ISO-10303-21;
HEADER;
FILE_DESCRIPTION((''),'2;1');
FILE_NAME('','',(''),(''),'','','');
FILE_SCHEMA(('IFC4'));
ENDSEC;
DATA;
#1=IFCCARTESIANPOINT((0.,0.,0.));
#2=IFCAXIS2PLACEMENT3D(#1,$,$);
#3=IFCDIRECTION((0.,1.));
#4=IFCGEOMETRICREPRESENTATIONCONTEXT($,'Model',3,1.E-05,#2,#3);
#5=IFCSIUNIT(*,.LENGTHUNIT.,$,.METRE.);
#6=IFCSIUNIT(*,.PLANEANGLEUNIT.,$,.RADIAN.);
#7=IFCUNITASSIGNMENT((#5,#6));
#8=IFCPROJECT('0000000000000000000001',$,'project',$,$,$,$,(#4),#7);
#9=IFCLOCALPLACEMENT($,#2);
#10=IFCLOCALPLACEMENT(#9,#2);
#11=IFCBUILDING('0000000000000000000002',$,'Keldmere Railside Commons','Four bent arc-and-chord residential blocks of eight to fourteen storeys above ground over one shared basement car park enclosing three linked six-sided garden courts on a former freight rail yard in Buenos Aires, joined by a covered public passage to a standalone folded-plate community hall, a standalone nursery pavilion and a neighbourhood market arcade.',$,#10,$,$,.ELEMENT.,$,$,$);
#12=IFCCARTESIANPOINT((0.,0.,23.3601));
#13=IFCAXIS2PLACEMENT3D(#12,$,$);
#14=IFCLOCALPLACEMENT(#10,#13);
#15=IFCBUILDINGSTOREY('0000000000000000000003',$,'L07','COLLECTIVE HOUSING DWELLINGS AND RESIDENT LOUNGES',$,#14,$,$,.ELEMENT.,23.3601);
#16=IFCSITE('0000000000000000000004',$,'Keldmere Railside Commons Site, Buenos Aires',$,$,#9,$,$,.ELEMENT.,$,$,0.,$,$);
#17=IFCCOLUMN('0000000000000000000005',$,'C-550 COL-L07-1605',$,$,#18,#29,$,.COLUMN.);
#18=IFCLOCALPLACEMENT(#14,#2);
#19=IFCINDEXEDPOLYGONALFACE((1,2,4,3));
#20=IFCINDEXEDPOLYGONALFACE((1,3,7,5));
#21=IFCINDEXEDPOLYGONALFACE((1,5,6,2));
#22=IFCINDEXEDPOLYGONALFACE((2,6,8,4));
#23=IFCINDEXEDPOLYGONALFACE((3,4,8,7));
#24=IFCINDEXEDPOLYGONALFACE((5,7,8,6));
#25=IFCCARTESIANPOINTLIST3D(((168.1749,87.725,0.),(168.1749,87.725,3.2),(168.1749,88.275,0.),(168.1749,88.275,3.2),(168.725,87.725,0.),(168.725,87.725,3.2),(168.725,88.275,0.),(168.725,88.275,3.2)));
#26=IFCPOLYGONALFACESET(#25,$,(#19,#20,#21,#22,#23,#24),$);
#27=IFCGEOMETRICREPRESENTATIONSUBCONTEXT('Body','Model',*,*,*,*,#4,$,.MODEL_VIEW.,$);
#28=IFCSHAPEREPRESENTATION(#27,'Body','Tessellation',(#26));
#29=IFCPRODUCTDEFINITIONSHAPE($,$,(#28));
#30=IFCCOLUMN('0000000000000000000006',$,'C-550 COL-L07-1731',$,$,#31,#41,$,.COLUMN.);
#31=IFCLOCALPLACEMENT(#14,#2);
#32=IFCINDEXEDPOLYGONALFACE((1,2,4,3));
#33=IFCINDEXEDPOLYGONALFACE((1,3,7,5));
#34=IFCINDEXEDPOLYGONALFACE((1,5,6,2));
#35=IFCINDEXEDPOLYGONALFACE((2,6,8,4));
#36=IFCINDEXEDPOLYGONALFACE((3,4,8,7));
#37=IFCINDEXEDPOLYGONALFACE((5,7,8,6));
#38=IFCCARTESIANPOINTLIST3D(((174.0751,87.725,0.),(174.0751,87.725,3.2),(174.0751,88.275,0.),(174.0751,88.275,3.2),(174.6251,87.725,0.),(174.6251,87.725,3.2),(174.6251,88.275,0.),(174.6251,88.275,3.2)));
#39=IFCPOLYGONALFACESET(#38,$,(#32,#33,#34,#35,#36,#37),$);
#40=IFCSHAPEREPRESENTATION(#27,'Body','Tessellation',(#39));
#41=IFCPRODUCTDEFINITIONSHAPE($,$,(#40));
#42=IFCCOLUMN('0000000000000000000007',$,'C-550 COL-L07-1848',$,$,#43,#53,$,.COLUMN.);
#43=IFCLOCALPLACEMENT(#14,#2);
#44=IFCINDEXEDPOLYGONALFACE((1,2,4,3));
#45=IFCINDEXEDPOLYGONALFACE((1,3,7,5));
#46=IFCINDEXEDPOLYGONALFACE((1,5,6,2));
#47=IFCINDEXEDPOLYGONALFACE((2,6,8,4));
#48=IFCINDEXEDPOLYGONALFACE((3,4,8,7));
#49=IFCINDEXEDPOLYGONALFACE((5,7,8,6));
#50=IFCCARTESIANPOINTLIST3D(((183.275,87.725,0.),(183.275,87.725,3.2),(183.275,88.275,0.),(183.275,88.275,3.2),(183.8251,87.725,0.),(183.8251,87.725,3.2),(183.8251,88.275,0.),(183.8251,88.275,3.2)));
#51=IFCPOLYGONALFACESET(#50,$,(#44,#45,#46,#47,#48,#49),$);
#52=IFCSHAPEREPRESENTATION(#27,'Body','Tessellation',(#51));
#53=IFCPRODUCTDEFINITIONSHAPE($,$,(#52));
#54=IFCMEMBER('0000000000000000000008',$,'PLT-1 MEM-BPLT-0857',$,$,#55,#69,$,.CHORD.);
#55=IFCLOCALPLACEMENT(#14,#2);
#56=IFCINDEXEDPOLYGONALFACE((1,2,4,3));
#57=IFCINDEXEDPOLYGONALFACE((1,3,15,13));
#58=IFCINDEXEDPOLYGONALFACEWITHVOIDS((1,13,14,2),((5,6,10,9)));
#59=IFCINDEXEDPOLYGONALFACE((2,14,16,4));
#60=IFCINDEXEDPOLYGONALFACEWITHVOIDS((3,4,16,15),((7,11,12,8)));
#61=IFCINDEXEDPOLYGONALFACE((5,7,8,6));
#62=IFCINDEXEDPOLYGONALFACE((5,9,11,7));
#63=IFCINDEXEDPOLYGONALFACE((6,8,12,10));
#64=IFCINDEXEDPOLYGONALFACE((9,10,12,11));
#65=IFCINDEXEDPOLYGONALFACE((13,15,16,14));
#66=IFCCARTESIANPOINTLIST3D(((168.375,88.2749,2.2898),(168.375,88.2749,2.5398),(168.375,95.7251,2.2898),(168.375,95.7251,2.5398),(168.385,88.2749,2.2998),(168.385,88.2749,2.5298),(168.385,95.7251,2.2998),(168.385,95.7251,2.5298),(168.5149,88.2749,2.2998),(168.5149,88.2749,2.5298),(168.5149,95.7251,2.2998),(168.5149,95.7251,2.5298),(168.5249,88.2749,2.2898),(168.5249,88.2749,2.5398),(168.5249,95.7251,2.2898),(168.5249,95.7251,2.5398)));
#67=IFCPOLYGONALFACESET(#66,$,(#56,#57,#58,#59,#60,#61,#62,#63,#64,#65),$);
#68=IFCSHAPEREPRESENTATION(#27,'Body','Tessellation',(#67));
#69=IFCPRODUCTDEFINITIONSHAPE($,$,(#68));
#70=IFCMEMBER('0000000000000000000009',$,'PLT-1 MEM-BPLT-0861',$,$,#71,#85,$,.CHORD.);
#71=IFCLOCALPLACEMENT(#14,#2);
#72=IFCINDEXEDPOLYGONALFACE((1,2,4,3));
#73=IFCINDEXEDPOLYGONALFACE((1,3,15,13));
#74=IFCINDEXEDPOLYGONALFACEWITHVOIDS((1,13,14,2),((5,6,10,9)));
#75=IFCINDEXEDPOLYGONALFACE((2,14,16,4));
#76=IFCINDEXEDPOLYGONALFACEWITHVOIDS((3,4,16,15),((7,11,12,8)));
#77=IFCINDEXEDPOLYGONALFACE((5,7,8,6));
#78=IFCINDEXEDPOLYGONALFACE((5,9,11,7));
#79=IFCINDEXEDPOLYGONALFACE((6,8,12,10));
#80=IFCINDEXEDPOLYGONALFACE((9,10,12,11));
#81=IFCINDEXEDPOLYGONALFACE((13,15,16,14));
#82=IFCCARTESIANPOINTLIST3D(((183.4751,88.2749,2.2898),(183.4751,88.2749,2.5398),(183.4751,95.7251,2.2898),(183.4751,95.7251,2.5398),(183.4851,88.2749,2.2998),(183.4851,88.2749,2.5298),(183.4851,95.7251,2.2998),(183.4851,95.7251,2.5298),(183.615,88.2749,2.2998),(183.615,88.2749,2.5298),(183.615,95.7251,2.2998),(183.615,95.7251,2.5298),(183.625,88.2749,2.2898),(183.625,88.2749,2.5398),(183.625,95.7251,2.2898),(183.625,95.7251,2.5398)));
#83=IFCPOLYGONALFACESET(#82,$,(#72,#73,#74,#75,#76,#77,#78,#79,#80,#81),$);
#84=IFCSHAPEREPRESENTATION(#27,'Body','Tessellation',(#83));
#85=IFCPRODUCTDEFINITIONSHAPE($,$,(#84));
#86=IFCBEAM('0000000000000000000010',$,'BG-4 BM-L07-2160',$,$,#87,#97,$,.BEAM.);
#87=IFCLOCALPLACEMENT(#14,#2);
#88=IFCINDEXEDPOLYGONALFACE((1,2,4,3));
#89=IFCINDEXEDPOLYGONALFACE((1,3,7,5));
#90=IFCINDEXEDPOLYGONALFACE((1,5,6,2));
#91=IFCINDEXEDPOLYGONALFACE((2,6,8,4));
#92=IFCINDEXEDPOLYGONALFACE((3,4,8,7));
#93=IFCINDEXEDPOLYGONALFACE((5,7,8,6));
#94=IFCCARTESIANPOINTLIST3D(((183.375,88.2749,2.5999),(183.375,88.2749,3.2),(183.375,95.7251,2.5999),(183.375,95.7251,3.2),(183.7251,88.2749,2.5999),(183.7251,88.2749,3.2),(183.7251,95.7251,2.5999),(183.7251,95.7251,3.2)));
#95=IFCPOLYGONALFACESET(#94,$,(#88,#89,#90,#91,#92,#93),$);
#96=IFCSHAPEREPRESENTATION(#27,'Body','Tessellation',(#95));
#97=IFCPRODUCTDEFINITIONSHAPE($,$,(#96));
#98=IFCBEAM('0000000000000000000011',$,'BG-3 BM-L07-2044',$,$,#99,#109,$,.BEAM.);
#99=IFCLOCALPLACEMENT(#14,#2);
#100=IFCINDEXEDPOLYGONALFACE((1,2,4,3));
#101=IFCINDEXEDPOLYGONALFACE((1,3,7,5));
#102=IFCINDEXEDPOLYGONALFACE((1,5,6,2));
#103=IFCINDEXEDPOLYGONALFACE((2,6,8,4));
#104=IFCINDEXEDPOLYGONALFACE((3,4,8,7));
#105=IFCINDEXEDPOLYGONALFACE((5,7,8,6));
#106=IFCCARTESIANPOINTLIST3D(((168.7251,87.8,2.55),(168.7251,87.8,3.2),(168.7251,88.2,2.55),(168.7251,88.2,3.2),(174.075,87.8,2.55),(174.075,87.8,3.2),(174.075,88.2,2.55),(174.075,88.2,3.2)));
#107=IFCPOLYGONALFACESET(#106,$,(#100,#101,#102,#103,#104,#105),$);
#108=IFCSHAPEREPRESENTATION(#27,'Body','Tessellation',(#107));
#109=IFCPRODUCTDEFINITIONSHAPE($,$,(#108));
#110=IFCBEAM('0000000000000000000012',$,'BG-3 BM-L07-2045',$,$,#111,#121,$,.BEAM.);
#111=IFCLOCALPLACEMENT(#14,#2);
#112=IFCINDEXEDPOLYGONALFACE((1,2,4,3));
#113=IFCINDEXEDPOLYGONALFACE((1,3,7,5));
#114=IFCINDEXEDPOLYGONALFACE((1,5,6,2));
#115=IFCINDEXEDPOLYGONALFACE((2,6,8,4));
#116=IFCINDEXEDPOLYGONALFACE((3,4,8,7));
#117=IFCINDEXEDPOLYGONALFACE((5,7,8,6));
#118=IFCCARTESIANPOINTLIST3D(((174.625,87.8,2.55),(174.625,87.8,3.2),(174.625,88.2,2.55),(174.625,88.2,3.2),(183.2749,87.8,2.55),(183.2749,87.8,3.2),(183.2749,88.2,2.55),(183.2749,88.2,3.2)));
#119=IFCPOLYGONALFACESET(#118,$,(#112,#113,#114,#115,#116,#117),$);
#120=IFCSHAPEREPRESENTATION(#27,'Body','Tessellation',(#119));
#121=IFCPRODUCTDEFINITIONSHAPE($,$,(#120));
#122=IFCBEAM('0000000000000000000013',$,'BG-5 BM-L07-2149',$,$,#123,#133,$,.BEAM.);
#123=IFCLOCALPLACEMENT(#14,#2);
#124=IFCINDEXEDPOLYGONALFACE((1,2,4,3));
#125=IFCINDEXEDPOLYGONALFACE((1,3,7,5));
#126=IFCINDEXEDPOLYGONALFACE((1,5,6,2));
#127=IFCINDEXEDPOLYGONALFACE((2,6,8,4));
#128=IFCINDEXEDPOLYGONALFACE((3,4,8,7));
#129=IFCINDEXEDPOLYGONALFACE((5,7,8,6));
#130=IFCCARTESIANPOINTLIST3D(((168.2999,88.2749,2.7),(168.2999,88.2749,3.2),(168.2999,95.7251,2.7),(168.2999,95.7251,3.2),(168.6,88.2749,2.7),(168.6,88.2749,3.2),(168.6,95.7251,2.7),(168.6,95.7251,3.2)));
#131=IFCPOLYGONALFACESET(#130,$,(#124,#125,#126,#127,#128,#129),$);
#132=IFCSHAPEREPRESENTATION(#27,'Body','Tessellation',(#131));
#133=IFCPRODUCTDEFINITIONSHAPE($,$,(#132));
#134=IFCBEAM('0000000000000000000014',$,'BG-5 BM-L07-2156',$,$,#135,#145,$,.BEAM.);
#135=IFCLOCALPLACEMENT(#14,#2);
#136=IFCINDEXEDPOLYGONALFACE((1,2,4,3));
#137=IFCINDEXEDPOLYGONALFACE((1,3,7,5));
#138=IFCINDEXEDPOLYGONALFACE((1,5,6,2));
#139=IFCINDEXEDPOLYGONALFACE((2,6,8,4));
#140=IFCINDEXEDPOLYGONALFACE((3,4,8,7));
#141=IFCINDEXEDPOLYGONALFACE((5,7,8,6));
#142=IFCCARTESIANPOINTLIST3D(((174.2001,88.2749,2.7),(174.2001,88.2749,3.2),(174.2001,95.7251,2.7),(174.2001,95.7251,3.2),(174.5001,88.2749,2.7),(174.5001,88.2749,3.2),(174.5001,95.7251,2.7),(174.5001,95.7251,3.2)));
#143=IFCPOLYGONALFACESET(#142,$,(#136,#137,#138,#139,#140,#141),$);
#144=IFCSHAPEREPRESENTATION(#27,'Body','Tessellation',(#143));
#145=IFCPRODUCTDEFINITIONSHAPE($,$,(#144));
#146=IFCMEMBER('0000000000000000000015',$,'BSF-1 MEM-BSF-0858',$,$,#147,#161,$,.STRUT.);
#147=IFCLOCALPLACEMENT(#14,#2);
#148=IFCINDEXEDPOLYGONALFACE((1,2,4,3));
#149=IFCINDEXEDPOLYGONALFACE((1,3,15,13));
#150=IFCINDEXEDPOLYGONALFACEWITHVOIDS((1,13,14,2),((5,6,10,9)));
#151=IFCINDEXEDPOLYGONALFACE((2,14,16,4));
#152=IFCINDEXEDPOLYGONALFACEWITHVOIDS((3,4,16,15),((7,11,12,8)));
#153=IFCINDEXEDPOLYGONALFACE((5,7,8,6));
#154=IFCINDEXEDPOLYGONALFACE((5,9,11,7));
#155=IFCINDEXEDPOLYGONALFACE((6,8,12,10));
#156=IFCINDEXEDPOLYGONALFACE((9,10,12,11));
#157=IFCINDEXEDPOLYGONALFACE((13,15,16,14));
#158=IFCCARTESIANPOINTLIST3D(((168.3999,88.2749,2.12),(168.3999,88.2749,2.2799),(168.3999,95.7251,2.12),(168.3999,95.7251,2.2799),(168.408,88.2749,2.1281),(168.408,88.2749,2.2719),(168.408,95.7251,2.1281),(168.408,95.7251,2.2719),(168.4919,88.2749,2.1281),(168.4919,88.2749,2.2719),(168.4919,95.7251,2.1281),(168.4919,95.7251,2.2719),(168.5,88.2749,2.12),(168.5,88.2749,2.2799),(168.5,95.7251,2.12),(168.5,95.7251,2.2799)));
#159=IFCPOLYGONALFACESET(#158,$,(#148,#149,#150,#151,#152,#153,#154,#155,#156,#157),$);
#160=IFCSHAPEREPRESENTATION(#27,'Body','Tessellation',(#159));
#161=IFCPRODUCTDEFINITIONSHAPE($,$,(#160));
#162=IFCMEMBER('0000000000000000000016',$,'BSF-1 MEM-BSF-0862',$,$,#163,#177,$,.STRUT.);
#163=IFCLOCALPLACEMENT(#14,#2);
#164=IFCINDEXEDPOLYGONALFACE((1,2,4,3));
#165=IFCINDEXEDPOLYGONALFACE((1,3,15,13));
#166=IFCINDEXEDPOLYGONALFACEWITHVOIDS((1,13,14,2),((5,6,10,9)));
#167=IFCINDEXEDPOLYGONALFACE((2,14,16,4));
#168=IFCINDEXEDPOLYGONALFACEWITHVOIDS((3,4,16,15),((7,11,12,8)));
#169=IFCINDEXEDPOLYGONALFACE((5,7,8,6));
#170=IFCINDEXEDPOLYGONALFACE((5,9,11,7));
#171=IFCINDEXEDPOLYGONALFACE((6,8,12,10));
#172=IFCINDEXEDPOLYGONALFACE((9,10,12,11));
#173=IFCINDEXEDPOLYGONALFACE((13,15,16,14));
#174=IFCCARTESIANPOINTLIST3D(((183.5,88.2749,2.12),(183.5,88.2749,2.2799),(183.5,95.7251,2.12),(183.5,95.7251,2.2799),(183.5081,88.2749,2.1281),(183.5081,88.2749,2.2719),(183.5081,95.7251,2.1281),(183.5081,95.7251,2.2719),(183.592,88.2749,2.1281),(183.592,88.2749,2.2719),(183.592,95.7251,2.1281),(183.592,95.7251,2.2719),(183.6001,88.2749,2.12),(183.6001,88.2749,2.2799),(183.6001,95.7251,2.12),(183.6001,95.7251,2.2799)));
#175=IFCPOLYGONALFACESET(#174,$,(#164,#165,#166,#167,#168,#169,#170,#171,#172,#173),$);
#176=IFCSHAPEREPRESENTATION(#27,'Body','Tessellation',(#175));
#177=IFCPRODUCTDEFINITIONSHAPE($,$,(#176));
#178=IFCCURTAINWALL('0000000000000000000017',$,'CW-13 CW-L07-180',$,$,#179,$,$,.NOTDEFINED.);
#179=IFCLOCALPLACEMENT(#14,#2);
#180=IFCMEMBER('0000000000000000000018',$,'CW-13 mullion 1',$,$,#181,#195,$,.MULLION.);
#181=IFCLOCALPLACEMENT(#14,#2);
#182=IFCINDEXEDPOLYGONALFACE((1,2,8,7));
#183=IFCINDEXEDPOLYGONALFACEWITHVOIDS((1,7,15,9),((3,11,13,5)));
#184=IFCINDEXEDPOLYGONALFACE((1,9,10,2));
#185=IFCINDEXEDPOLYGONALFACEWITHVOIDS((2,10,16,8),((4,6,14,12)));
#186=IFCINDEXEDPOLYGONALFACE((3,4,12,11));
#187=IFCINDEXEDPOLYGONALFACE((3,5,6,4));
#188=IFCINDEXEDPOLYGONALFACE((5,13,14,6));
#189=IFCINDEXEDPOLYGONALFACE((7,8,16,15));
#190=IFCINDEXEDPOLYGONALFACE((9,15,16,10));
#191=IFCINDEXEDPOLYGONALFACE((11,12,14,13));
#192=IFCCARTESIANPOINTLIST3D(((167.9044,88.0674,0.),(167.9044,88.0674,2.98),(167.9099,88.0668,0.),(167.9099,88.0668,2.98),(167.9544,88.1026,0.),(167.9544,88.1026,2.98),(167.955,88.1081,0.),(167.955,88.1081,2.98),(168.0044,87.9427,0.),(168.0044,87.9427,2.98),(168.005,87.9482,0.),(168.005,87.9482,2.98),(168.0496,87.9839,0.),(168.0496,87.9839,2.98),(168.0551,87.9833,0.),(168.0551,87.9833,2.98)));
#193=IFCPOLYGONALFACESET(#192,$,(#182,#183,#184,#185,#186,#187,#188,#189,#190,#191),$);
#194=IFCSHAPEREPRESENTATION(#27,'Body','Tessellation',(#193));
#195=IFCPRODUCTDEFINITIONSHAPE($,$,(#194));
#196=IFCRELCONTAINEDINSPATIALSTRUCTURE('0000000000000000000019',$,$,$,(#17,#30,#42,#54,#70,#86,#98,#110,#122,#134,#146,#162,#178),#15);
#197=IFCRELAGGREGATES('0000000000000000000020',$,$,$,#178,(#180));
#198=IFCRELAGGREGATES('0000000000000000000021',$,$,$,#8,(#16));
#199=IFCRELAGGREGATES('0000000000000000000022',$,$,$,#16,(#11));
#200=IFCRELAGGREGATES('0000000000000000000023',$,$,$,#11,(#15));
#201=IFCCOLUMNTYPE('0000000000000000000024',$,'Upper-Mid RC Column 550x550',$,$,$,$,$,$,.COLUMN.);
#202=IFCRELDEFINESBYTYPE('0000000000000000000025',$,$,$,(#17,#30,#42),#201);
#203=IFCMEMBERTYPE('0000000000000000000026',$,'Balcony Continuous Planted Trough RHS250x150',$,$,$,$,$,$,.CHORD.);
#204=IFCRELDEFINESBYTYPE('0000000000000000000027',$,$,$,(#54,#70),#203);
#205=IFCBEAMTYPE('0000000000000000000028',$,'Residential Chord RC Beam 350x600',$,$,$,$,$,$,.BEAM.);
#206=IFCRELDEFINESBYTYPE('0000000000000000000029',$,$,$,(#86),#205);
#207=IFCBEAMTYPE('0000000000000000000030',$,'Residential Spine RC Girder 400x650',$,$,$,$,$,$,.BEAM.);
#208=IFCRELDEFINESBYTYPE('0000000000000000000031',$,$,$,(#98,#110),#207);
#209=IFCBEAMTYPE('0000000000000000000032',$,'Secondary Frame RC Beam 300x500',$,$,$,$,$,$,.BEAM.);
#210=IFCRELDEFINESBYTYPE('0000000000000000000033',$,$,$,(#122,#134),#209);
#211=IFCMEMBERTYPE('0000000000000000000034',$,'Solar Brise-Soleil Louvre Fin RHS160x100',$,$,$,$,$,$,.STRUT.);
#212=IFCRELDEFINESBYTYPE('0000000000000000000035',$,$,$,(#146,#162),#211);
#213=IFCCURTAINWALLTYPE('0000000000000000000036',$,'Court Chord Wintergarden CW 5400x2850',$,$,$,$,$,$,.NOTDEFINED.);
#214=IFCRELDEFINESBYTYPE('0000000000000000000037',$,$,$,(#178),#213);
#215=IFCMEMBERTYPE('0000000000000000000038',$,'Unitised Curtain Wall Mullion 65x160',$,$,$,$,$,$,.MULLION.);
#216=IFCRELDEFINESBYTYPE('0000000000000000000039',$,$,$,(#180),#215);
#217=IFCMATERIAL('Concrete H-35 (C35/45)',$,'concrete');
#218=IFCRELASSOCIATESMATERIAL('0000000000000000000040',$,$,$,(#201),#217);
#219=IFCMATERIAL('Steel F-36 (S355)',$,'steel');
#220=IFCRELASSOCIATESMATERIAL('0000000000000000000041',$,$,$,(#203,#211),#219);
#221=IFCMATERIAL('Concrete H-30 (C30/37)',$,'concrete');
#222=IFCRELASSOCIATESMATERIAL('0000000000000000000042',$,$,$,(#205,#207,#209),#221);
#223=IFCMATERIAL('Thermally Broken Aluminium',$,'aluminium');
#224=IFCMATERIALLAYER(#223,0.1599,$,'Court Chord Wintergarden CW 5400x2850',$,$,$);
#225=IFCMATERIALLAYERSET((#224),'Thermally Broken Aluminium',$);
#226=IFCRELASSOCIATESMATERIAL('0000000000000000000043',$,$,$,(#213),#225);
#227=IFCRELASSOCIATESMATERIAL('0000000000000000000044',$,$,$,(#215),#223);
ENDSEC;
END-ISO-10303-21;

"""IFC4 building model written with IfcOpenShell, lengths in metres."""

from ifc_helpers import new_model, si_unit, direction, frame, origin, origin_2d, place, context, subcontext, project, spatial, rectangle, hollow_rectangle, extrude, material, layer, layer_set, material_profile, profile_set, type_object, element, aggregate, save


model = new_model("IFC4")

# Units and contexts
model_context = context("Model", 3, precision=1e-05, world=origin(), true_north=direction((0.0, 1.0)))
body_context = subcontext(model_context, "Body", "Model", "MODEL_VIEW")
ifc_project = project(units=[si_unit("LENGTHUNIT", "METRE"), si_unit("PLANEANGLEUNIT", "RADIAN")], contexts=[model_context])

# Site, building, storey
site_placement = place(None, origin())
site = spatial("IfcSite", under=ifc_project, at=site_placement, Name="Keldmere Railside Commons Site, Buenos Aires", CompositionType="ELEMENT", RefElevation=0.0)
building_placement = place(site_placement, origin())
building = spatial("IfcBuilding", under=site, at=building_placement, Name="Keldmere Railside Commons", Description="Four bent arc-and-chord residential blocks of eight to fourteen storeys above ground over one shared basement car park enclosing three linked six-sided garden courts on a former freight rail yard in Buenos Aires, joined by a covered public passage to a standalone folded-plate community hall, a standalone nursery pavilion and a neighbourhood market arcade.", CompositionType="ELEMENT")
storey_placement = place(building_placement, frame((0.0, 0.0, 23.3601)))
storey = spatial("IfcBuildingStorey", under=building, at=storey_placement, Name="L07", Description="COLLECTIVE HOUSING DWELLINGS AND RESIDENT LOUNGES", CompositionType="ELEMENT", Elevation=23.3601)

# Columns
ifc_material_1 = material(Name="Concrete H-35 (C35/45)", Category="concrete")
ifc_material_profile_1 = material_profile(ifc_material_1, rectangle(XDim=0.55, YDim=0.55, at=origin_2d()), Name="RC-550x550")
ifc_profile_set_1 = profile_set([ifc_material_profile_1], Name="Concrete H-35 (C35/45)")
column_type = type_object("IfcColumnType", Name="Upper-Mid RC Column 550x550", PredefinedType="COLUMN", material=ifc_profile_set_1)
for number, where, z_axis, x_axis, name in (
    (1, (168.45, 88.0, 0.0), (0.0, 0.0, 1.0), (1.0, 0.0, 0.0), "C-550 COL-L07-1605"),
    (2, (174.3501, 88.0, 0.0), (0.0, 0.0, 1.0), (1.0, 0.0, 0.0), "C-550 COL-L07-1731"),
    (3, (183.55, 88.0, 0.0), (0.0, 0.0, 1.0), (1.0, 0.0, 0.0), "C-550 COL-L07-1848"),
):
    element("IfcColumn", number, at=place(storey_placement, frame(where, z_axis=z_axis, x_axis=x_axis)), inside=storey, type_object=column_type, Name=name, PredefinedType="COLUMN", context=body_context, shape_type="SweptSolid", body=[
        extrude(rectangle(XDim=0.55, YDim=0.55, at=origin_2d()), origin(), (0.0, 0.0, 1.0), 3.2),
    ])

# Members
ifc_material_2 = material(Name="Steel F-36 (S355)", Category="steel")
ifc_material_profile_2 = material_profile(ifc_material_2, hollow_rectangle(XDim=0.1499, YDim=0.25, WallThickness=0.01, at=origin_2d()), Name="RHS-250x150x10")
ifc_profile_set_2 = profile_set([ifc_material_profile_2], Name="Steel F-36 (S355)")
member_type_1 = type_object("IfcMemberType", Name="Balcony Continuous Planted Trough RHS250x150", PredefinedType="CHORD", material=ifc_profile_set_2)
for number, where, z_axis, x_axis, name in (
    (4, (168.45, 88.2749, 2.4148), (0.0, 1.0, 0.0), (-1.0, 0.0, 0.0), "PLT-1 MEM-BPLT-0857"),
    (5, (183.55, 88.2749, 2.4148), (0.0, 1.0, 0.0), (-1.0, 0.0, 0.0), "PLT-1 MEM-BPLT-0861"),
):
    element("IfcMember", number, at=place(storey_placement, frame(where, z_axis=z_axis, x_axis=x_axis)), inside=storey, type_object=member_type_1, Name=name, PredefinedType="CHORD", context=body_context, shape_type="SweptSolid", body=[
        extrude(hollow_rectangle(XDim=0.1499, YDim=0.25, WallThickness=0.01, at=origin_2d()), origin(), (0.0, 0.0, 1.0), 7.4502),
    ])

# Beams
ifc_material_3 = material(Name="Concrete H-30 (C30/37)", Category="concrete")
ifc_material_profile_3 = material_profile(ifc_material_3, rectangle(XDim=0.3501, YDim=0.6001, at=origin_2d()), Name="RC-350x600")
ifc_profile_set_3 = profile_set([ifc_material_profile_3], Name="Concrete H-30 (C30/37)")
beam_type_1 = type_object("IfcBeamType", Name="Residential Chord RC Beam 350x600", PredefinedType="BEAM", material=ifc_profile_set_3)
beam_1_placement = place(storey_placement, frame((183.55, 88.2749, 2.8999), z_axis=(0.0, 1.0, 0.0), x_axis=(-1.0, 0.0, 0.0)))
element("IfcBeam", 6, at=beam_1_placement, inside=storey, type_object=beam_type_1, Name="BG-4 BM-L07-2160", PredefinedType="BEAM", context=body_context, shape_type="SweptSolid", body=[
    extrude(rectangle(XDim=0.3501, YDim=0.6001, at=origin_2d()), origin(), (0.0, 0.0, 1.0), 7.4502),
])
ifc_material_profile_4 = material_profile(ifc_material_3, rectangle(XDim=0.3999, YDim=0.6499, at=origin_2d()), Name="RC-400x650")
ifc_profile_set_4 = profile_set([ifc_material_profile_4], Name="Concrete H-30 (C30/37)")
beam_type_2 = type_object("IfcBeamType", Name="Residential Spine RC Girder 400x650", PredefinedType="BEAM", material=ifc_profile_set_4)
beam_2_placement = place(storey_placement, frame((168.7251, 88.0, 2.875), z_axis=(1.0, 0.0, 0.0), x_axis=(0.0, 1.0, 0.0)))
element("IfcBeam", 7, at=beam_2_placement, inside=storey, type_object=beam_type_2, Name="BG-3 BM-L07-2044", PredefinedType="BEAM", context=body_context, shape_type="SweptSolid", body=[
    extrude(rectangle(XDim=0.3999, YDim=0.6499, at=origin_2d()), origin(), (0.0, 0.0, 1.0), 5.3499),
])
beam_3_placement = place(storey_placement, frame((174.625, 88.0, 2.875), z_axis=(1.0, 0.0, 0.0), x_axis=(0.0, 1.0, 0.0)))
element("IfcBeam", 8, at=beam_3_placement, inside=storey, type_object=beam_type_2, Name="BG-3 BM-L07-2045", PredefinedType="BEAM", context=body_context, shape_type="SweptSolid", body=[
    extrude(rectangle(XDim=0.3999, YDim=0.6499, at=origin_2d()), origin(), (0.0, 0.0, 1.0), 8.6499),
])
ifc_material_profile_5 = material_profile(ifc_material_3, rectangle(XDim=0.3, YDim=0.5, at=origin_2d()), Name="RC-300x500")
ifc_profile_set_5 = profile_set([ifc_material_profile_5], Name="Concrete H-30 (C30/37)")
beam_type_3 = type_object("IfcBeamType", Name="Secondary Frame RC Beam 300x500", PredefinedType="BEAM", material=ifc_profile_set_5)
for number, where, z_axis, x_axis, name in (
    (9, (168.45, 88.2749, 2.95), (0.0, 1.0, 0.0), (-1.0, 0.0, 0.0), "BG-5 BM-L07-2149"),
    (10, (174.3501, 88.2749, 2.95), (0.0, 1.0, 0.0), (-1.0, 0.0, 0.0), "BG-5 BM-L07-2156"),
):
    element("IfcBeam", number, at=place(storey_placement, frame(where, z_axis=z_axis, x_axis=x_axis)), inside=storey, type_object=beam_type_3, Name=name, PredefinedType="BEAM", context=body_context, shape_type="SweptSolid", body=[
        extrude(rectangle(XDim=0.3, YDim=0.5, at=origin_2d()), origin(), (0.0, 0.0, 1.0), 7.4502),
    ])

# Members
ifc_material_profile_6 = material_profile(ifc_material_2, hollow_rectangle(XDim=0.1001, YDim=0.1599, WallThickness=0.0081, at=origin_2d()), Name="RHS-160x100x8")
ifc_profile_set_6 = profile_set([ifc_material_profile_6], Name="Steel F-36 (S355)")
member_type_2 = type_object("IfcMemberType", Name="Solar Brise-Soleil Louvre Fin RHS160x100", PredefinedType="STRUT", material=ifc_profile_set_6)
for number, where, z_axis, x_axis, name in (
    (11, (168.45, 88.2749, 2.2), (0.0, 1.0, 0.0), (-1.0, 0.0, 0.0), "BSF-1 MEM-BSF-0858"),
    (12, (183.55, 88.2749, 2.2), (0.0, 1.0, 0.0), (-1.0, 0.0, 0.0), "BSF-1 MEM-BSF-0862"),
):
    element("IfcMember", number, at=place(storey_placement, frame(where, z_axis=z_axis, x_axis=x_axis)), inside=storey, type_object=member_type_2, Name=name, PredefinedType="STRUT", context=body_context, shape_type="SweptSolid", body=[
        extrude(hollow_rectangle(XDim=0.1001, YDim=0.1599, WallThickness=0.0081, at=origin_2d()), origin(), (0.0, 0.0, 1.0), 7.4502),
    ])

# Curtain wall, member
ifc_material_4 = material(Name="Thermally Broken Aluminium", Category="aluminium")
ifc_layer_1 = layer(ifc_material_4, 0.1599, Name="Court Chord Wintergarden CW 5400x2850")
ifc_layer_set_1 = layer_set([ifc_layer_1], Name="Thermally Broken Aluminium")
curtain_wall_type = type_object("IfcCurtainWallType", Name="Court Chord Wintergarden CW 5400x2850", PredefinedType="NOTDEFINED", material=ifc_layer_set_1)
curtain_wall_placement = place(storey_placement, origin())
curtain_wall = element("IfcCurtainWall", 13, at=curtain_wall_placement, inside=storey, type_object=curtain_wall_type, Name="CW-13 CW-L07-180", PredefinedType="NOTDEFINED")
ifc_material_profile_7 = material_profile(ifc_material_4, hollow_rectangle(XDim=0.0649, YDim=0.1599, WallThickness=0.0039, at=origin_2d()), Name="ALU-MULL-65x160")
ifc_profile_set_7 = profile_set([ifc_material_profile_7], Name="Thermally Broken Aluminium")
member_type_3 = type_object("IfcMemberType", Name="Unitised Curtain Wall Mullion 65x160", PredefinedType="MULLION", material=ifc_profile_set_7)
member_placement = place(storey_placement, frame((167.9797, 88.0254, 0.0), z_axis=(0.0, 0.0, 1.0), x_axis=(-0.780009, -0.625768, 0.0)))
member = element("IfcMember", 14, at=member_placement, type_object=member_type_3, Name="CW-13 mullion 1", PredefinedType="MULLION", context=body_context, shape_type="SweptSolid", body=[
    extrude(hollow_rectangle(XDim=0.0649, YDim=0.1599, WallThickness=0.0039, at=origin_2d()), origin(), (0.0, 0.0, 1.0), 2.98),
])
aggregate(curtain_wall, [member])

save(model, "model.ifc")
